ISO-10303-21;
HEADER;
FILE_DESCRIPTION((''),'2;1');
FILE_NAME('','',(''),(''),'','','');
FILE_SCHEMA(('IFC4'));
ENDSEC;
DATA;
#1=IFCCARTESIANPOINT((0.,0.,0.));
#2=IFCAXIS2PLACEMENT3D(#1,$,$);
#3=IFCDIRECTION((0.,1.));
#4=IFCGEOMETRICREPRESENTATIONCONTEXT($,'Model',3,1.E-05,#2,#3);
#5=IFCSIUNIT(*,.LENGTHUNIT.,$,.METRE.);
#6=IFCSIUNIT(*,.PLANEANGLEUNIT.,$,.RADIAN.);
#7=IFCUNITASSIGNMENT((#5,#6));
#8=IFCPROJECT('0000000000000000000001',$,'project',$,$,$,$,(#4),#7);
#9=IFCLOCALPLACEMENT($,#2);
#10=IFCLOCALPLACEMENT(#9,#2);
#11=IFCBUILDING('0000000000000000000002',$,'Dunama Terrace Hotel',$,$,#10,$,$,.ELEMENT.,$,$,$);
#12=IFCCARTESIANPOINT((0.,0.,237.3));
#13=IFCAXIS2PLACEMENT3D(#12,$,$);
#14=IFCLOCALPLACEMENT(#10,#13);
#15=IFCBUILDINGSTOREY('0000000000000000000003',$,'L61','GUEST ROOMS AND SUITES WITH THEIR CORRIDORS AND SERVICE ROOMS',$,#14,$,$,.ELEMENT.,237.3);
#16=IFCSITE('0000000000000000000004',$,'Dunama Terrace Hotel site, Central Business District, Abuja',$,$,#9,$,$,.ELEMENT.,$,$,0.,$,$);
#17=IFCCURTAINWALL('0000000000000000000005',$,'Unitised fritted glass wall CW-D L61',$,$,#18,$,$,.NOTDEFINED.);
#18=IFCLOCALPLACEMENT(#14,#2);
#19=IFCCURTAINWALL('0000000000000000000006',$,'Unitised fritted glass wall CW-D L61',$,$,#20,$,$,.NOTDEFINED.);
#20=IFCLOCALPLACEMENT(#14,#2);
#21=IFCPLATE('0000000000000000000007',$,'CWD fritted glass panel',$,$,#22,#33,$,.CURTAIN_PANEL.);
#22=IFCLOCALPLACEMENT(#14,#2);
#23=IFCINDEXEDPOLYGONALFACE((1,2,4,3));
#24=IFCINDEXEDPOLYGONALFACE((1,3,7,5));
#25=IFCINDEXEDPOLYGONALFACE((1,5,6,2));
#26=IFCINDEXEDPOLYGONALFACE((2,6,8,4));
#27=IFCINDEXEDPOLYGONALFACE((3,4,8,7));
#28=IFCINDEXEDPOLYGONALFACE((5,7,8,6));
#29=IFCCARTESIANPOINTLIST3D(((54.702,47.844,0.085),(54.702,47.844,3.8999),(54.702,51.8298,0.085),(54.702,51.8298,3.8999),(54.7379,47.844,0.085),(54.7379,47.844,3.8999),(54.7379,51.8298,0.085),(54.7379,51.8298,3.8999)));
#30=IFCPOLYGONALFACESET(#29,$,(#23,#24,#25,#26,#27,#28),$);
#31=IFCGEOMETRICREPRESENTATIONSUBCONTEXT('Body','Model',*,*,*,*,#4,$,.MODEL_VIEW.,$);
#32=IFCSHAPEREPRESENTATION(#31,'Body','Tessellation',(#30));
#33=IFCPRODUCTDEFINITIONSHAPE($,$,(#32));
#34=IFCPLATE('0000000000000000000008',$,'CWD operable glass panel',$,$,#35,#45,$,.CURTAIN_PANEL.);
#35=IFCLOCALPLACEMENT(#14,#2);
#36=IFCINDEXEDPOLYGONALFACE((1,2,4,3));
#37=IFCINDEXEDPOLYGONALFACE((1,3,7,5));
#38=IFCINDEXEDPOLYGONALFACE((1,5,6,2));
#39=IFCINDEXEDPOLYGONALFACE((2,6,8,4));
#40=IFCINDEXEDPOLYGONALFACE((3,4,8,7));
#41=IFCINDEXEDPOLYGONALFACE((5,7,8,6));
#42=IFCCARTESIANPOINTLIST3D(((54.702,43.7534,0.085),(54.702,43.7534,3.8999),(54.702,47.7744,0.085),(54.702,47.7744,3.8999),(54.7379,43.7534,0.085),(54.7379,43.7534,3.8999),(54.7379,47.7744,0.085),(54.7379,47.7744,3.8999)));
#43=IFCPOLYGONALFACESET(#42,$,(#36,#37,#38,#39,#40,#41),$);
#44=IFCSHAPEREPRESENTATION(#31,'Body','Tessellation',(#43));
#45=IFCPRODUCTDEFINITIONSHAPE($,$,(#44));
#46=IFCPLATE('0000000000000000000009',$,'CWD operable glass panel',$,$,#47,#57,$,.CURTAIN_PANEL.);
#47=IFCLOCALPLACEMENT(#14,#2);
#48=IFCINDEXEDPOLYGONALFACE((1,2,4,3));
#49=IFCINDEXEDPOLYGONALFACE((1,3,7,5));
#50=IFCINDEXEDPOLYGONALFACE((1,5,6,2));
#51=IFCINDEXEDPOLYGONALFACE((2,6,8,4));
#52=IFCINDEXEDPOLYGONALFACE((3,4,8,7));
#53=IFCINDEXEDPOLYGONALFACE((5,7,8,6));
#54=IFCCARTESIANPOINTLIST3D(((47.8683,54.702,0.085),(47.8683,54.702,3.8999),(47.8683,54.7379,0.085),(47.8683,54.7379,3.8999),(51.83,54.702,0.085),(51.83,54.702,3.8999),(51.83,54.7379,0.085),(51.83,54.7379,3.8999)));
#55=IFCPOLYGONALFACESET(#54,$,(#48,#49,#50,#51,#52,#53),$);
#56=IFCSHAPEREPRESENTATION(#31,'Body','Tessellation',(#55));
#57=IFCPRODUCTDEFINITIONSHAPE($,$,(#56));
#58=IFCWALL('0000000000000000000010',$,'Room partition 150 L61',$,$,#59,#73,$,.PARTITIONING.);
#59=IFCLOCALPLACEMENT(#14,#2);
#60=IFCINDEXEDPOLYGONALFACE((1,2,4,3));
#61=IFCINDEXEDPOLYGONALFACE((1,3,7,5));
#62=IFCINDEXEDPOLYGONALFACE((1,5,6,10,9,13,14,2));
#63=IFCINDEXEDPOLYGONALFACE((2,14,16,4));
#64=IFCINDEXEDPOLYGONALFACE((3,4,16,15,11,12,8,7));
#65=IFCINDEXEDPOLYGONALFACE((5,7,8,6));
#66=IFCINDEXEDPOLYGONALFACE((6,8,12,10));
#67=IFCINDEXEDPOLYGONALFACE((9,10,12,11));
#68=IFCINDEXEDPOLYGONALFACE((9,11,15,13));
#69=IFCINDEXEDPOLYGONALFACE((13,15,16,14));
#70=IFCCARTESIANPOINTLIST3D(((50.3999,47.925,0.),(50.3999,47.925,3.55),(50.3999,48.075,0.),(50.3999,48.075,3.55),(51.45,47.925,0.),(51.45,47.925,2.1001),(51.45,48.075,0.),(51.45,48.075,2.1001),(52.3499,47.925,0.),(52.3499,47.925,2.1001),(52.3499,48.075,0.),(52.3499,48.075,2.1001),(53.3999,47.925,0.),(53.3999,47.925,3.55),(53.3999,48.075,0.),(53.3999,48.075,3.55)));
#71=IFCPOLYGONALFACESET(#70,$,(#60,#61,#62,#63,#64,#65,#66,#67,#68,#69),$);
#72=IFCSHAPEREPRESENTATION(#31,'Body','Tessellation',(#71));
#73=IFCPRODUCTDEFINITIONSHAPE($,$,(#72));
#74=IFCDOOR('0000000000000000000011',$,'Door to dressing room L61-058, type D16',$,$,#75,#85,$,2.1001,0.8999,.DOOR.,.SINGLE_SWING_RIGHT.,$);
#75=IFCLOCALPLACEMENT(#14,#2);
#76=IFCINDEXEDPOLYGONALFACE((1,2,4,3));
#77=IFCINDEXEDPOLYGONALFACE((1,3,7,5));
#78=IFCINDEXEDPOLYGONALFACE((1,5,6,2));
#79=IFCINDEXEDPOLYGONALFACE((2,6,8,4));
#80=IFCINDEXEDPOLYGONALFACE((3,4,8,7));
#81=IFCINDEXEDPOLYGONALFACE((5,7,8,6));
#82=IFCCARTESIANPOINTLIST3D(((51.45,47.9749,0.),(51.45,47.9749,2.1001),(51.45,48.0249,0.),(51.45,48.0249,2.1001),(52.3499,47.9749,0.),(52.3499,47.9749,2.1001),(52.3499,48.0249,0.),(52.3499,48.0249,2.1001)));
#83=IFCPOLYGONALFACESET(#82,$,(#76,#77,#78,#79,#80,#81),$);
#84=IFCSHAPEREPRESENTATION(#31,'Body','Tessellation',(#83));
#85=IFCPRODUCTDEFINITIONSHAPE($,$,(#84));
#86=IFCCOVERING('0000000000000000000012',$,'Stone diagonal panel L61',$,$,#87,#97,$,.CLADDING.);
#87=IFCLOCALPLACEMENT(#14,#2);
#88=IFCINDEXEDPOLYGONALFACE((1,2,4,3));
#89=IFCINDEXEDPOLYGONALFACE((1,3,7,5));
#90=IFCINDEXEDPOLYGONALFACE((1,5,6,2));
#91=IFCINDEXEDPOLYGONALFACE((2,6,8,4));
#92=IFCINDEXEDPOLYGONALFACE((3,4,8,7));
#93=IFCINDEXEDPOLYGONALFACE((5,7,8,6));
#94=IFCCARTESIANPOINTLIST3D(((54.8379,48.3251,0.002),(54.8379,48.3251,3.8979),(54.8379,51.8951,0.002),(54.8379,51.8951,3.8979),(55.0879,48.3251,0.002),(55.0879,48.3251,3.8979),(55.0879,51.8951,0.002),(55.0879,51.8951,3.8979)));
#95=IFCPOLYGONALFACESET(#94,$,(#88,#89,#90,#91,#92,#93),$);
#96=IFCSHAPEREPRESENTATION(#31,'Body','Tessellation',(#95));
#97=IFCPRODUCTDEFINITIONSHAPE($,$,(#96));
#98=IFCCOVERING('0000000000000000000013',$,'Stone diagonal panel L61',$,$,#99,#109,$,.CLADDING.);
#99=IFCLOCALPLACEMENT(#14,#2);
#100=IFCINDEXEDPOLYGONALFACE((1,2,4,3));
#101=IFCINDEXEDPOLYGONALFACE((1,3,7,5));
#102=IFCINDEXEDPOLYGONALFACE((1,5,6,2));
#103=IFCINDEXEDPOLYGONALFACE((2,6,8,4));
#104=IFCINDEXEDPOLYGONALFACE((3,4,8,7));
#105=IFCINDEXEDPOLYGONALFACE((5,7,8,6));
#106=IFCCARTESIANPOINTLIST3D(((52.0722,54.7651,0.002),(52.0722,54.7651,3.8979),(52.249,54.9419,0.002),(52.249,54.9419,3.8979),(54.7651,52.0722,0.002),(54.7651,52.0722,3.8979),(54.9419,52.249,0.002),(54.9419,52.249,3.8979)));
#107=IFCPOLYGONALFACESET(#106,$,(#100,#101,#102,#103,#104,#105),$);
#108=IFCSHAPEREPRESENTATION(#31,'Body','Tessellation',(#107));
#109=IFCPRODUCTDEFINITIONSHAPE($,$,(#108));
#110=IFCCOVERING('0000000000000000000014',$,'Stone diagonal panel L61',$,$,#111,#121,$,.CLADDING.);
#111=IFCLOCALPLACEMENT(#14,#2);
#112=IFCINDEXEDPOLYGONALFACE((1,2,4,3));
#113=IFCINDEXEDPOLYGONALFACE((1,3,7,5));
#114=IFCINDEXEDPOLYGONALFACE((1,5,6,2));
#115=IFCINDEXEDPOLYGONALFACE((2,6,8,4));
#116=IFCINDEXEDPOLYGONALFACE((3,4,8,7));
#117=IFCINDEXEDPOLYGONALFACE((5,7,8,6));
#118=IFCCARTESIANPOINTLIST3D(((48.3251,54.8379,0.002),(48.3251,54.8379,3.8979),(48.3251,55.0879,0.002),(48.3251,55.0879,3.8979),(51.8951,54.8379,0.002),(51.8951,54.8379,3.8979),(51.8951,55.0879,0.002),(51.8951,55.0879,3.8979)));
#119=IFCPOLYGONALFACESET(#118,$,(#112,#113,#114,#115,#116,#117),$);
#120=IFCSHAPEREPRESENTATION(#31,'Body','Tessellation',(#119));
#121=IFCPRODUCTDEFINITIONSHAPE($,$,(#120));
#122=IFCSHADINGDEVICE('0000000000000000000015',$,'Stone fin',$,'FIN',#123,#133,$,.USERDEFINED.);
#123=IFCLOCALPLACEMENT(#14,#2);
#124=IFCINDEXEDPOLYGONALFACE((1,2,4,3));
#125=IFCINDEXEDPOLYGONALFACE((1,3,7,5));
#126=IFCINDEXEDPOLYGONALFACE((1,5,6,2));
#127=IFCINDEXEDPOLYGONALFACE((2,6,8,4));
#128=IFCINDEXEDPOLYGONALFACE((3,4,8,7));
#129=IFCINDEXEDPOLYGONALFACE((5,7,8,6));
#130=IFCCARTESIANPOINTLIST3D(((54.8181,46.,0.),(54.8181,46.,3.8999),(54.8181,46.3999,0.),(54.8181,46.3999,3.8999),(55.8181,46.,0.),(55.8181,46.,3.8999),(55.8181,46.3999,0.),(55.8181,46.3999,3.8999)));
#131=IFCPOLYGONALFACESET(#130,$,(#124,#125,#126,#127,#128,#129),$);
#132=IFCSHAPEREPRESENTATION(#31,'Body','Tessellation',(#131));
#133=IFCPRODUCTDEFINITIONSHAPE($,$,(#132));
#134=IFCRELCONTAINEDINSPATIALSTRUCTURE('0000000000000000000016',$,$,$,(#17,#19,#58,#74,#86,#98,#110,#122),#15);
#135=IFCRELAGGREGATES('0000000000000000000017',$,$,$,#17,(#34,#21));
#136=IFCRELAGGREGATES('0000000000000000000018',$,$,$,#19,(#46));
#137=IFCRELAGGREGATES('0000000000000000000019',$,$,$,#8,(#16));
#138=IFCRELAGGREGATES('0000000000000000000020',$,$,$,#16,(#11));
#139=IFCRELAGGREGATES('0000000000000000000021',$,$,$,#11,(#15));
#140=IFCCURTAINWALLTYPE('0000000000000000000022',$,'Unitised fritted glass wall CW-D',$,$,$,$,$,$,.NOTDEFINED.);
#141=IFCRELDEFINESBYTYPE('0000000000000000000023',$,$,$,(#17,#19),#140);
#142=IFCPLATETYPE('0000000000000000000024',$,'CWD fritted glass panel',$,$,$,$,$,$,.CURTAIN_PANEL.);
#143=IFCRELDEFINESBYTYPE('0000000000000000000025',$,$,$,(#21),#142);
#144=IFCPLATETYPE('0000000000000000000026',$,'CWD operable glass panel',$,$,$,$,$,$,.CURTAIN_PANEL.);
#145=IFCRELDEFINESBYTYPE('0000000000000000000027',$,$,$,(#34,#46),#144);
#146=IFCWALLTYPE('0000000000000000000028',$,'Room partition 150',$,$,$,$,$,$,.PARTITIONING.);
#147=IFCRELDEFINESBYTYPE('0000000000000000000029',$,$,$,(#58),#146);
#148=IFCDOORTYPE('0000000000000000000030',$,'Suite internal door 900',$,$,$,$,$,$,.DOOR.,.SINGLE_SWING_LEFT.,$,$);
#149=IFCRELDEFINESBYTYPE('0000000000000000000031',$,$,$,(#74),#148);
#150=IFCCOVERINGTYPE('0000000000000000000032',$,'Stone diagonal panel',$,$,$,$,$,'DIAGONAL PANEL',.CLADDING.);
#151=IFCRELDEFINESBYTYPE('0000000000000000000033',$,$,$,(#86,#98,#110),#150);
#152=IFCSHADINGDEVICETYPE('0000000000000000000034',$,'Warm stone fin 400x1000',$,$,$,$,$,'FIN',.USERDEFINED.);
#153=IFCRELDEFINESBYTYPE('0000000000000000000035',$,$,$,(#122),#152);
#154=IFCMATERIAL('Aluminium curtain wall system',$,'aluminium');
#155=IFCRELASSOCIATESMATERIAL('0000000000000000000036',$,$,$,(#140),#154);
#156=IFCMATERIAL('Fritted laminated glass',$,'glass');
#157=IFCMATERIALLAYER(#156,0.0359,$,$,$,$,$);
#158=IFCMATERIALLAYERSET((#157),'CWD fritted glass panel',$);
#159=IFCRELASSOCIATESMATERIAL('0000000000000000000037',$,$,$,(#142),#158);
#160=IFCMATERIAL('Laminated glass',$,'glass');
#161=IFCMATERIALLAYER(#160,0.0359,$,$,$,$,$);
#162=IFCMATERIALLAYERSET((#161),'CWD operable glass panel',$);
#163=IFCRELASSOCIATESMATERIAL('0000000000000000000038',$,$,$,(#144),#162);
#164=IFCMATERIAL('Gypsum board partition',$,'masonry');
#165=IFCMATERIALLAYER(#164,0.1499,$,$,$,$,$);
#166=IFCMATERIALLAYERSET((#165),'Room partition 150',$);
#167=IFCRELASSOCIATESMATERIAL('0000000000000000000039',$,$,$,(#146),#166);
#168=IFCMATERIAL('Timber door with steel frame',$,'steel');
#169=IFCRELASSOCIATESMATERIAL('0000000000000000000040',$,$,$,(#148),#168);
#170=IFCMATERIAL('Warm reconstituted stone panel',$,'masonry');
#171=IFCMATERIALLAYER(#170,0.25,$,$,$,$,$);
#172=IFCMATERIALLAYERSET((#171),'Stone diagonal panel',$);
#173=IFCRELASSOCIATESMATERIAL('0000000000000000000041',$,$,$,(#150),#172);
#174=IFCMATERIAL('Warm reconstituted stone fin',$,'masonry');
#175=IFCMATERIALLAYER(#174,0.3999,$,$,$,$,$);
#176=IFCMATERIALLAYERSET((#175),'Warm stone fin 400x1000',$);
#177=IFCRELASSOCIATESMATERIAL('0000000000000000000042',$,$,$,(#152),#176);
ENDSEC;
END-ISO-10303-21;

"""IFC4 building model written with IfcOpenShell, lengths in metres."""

from ifc_helpers import new_model, si_unit, direction, frame, frame_2d, origin, origin_2d, place, context, subcontext, project, spatial, rectangle, extrude, material, layer, layer_set, type_object, element, fill, aggregate, save


model = new_model("IFC4")

# Units and contexts
model_context = context("Model", 3, precision=1e-05, world=origin(), true_north=direction((0.0, 1.0)))
body_context = subcontext(model_context, "Body", "Model", "MODEL_VIEW")
ifc_project = project(units=[si_unit("LENGTHUNIT", "METRE"), si_unit("PLANEANGLEUNIT", "RADIAN")], contexts=[model_context])

# Site, building, storey
site_placement = place(None, origin())
site = spatial("IfcSite", under=ifc_project, at=site_placement, Name="Dunama Terrace Hotel site, Central Business District, Abuja", CompositionType="ELEMENT", RefElevation=0.0)
building_placement = place(site_placement, origin())
building = spatial("IfcBuilding", under=site, at=building_placement, Name="Dunama Terrace Hotel", CompositionType="ELEMENT")
storey_placement = place(building_placement, frame((0.0, 0.0, 237.3)))
storey = spatial("IfcBuildingStorey", under=building, at=storey_placement, Name="L61", Description="GUEST ROOMS AND SUITES WITH THEIR CORRIDORS AND SERVICE ROOMS", CompositionType="ELEMENT", Elevation=237.3)

# Curtain walls
ifc_material_1 = material(Name="Aluminium curtain wall system", Category="aluminium")
curtain_wall_type = type_object("IfcCurtainWallType", Name="Unitised fritted glass wall CW-D", PredefinedType="NOTDEFINED", material=ifc_material_1)
curtain_wall_1_placement = place(storey_placement, origin())
curtain_wall_1 = element("IfcCurtainWall", 1, at=curtain_wall_1_placement, inside=storey, type_object=curtain_wall_type, Name="Unitised fritted glass wall CW-D L61", PredefinedType="NOTDEFINED")
curtain_wall_2_placement = place(storey_placement, origin())
curtain_wall_2 = element("IfcCurtainWall", 2, at=curtain_wall_2_placement, inside=storey, type_object=curtain_wall_type, Name="Unitised fritted glass wall CW-D L61", PredefinedType="NOTDEFINED")

# Plates
ifc_material_2 = material(Name="Fritted laminated glass", Category="glass")
ifc_layer_1 = layer(ifc_material_2, 0.0359)
ifc_layer_set_1 = layer_set([ifc_layer_1], Name="CWD fritted glass panel")
plate_type_1 = type_object("IfcPlateType", Name="CWD fritted glass panel", PredefinedType="CURTAIN_PANEL", material=ifc_layer_set_1)
plate_1_placement = place(storey_placement, frame((54.72, 49.8369, 0.085), z_axis=(0.0, 0.0, 1.0), x_axis=(0.0, 1.0, 0.0)))
plate_1 = element("IfcPlate", 3, at=plate_1_placement, type_object=plate_type_1, Name="CWD fritted glass panel", PredefinedType="CURTAIN_PANEL", context=body_context, shape_type="SweptSolid", body=[
    extrude(rectangle(XDim=3.9858, YDim=0.0359, at=origin_2d()), origin(), (0.0, 0.0, 1.0), 3.8149),
])
ifc_material_3 = material(Name="Laminated glass", Category="glass")
ifc_layer_2 = layer(ifc_material_3, 0.0359)
ifc_layer_set_2 = layer_set([ifc_layer_2], Name="CWD operable glass panel")
plate_type_2 = type_object("IfcPlateType", Name="CWD operable glass panel", PredefinedType="CURTAIN_PANEL", material=ifc_layer_set_2)
plate_2_placement = place(storey_placement, frame((54.72, 45.7639, 0.085), z_axis=(0.0, 0.0, 1.0), x_axis=(0.0, 1.0, 0.0)))
plate_2 = element("IfcPlate", 4, at=plate_2_placement, type_object=plate_type_2, Name="CWD operable glass panel", PredefinedType="CURTAIN_PANEL", context=body_context, shape_type="SweptSolid", body=[
    extrude(rectangle(XDim=4.021, YDim=0.0359, at=origin_2d()), origin(), (0.0, 0.0, 1.0), 3.8149),
])
aggregate(curtain_wall_1, [plate_2, plate_1])
plate_3_placement = place(storey_placement, frame((49.8491, 54.72, 0.085), z_axis=(0.0, 0.0, 1.0), x_axis=(-1.0, 0.0, 0.0)))
plate_3 = element("IfcPlate", 5, at=plate_3_placement, type_object=plate_type_2, Name="CWD operable glass panel", PredefinedType="CURTAIN_PANEL", context=body_context, shape_type="SweptSolid", body=[
    extrude(rectangle(XDim=3.9617, YDim=0.0359, at=origin_2d()), origin(), (0.0, 0.0, 1.0), 3.8149),
])
aggregate(curtain_wall_2, [plate_3])

# Wall, opening, door
ifc_material_4 = material(Name="Gypsum board partition", Category="masonry")
ifc_layer_3 = layer(ifc_material_4, 0.1499)
ifc_layer_set_3 = layer_set([ifc_layer_3], Name="Room partition 150")
wall_type = type_object("IfcWallType", Name="Room partition 150", PredefinedType="PARTITIONING", material=ifc_layer_set_3)
wall_placement = place(storey_placement, frame((50.3999, 48.0, 0.0), z_axis=(0.0, 0.0, 1.0), x_axis=(1.0, 0.0, 0.0)))
wall = element("IfcWall", 6, at=wall_placement, inside=storey, type_object=wall_type, Name="Room partition 150 L61", PredefinedType="PARTITIONING", context=body_context, shape_type="SweptSolid", body=[
    extrude(rectangle(XDim=3.0, YDim=0.1499, at=frame_2d((1.5, 0.0))), origin(), (0.0, 0.0, 1.0), 3.55),
])
opening_placement = place(wall_placement, frame((1.05, 0.0, 0.0)))
opening = element("IfcOpeningElement", 7, at=opening_placement, cuts=wall, PredefinedType="OPENING", context=body_context, shape_type="SweptSolid", body=[
    extrude(rectangle(XDim=0.8999, YDim=2.1001, at=frame_2d((0.45, 1.05))), frame((0.0, 0.085, 0.0), z_axis=(0.0, -1.0, 0.0), x_axis=(1.0, 0.0, 0.0)), (0.0, 0.0, 1.0), 0.1699),
])
ifc_material_5 = material(Name="Timber door with steel frame", Category="steel")
door_type = type_object("IfcDoorType", Name="Suite internal door 900", OperationType="SINGLE_SWING_LEFT", PredefinedType="DOOR", material=ifc_material_5)
door_placement = place(opening_placement, frame((0.8999, 0.0, 0.0), z_axis=(0.0, 0.0, 1.0), x_axis=(-1.0, 0.0, 0.0)))
door = element("IfcDoor", 8, at=door_placement, inside=storey, type_object=door_type, Name="Door to dressing room L61-058, type D16", OperationType="SINGLE_SWING_RIGHT", OverallHeight=2.1001, OverallWidth=0.8999, PredefinedType="DOOR", context=body_context, shape_type="SweptSolid", body=[
    extrude(rectangle(XDim=0.8999, YDim=2.1001, at=frame_2d((0.45, 1.05))), frame((0.0, 0.0251, 0.0), z_axis=(0.0, -1.0, 0.0), x_axis=(1.0, 0.0, 0.0)), (0.0, 0.0, 1.0), 0.05),
])
fill(opening, door)

# Coverings
ifc_material_6 = material(Name="Warm reconstituted stone panel", Category="masonry")
ifc_layer_4 = layer(ifc_material_6, 0.25)
ifc_layer_set_4 = layer_set([ifc_layer_4], Name="Stone diagonal panel")
covering_type = type_object("IfcCoveringType", Name="Stone diagonal panel", ElementType="DIAGONAL PANEL", PredefinedType="CLADDING", material=ifc_layer_set_4)
covering_1_placement = place(storey_placement, frame((54.9629, 50.1101, 0.002), z_axis=(0.0, 0.0, 1.0), x_axis=(0.0, 1.0, 0.0)))
element("IfcCovering", 9, at=covering_1_placement, inside=storey, type_object=covering_type, Name="Stone diagonal panel L61", PredefinedType="CLADDING", context=body_context, shape_type="SweptSolid", body=[
    extrude(rectangle(XDim=3.5701, YDim=0.25, at=origin_2d()), origin(), (0.0, 0.0, 1.0), 3.896),
])
covering_2_placement = place(storey_placement, frame((53.5071, 53.5071, 0.002), z_axis=(0.0, 0.0, 1.0), x_axis=(-0.707107, 0.707107, 0.0)))
element("IfcCovering", 10, at=covering_2_placement, inside=storey, type_object=covering_type, Name="Stone diagonal panel L61", PredefinedType="CLADDING", context=body_context, shape_type="SweptSolid", body=[
    extrude(rectangle(XDim=3.8083, YDim=0.25, at=origin_2d()), origin(), (0.0, 0.0, 1.0), 3.896),
])
covering_3_placement = place(storey_placement, frame((50.1101, 54.9629, 0.002), z_axis=(0.0, 0.0, 1.0), x_axis=(-1.0, 0.0, 0.0)))
element("IfcCovering", 11, at=covering_3_placement, inside=storey, type_object=covering_type, Name="Stone diagonal panel L61", PredefinedType="CLADDING", context=body_context, shape_type="SweptSolid", body=[
    extrude(rectangle(XDim=3.5701, YDim=0.25, at=origin_2d()), origin(), (0.0, 0.0, 1.0), 3.896),
])

# Shading device
ifc_material_7 = material(Name="Warm reconstituted stone fin", Category="masonry")
ifc_layer_5 = layer(ifc_material_7, 0.3999)
ifc_layer_set_5 = layer_set([ifc_layer_5], Name="Warm stone fin 400x1000")
shading_device_type = type_object("IfcShadingDeviceType", Name="Warm stone fin 400x1000", ElementType="FIN", PredefinedType="USERDEFINED", material=ifc_layer_set_5)
shading_device_placement = place(storey_placement, frame((55.3181, 46.2, 0.0), z_axis=(0.0, 0.0, 1.0), x_axis=(0.0, 1.0, 0.0)))
element("IfcShadingDevice", 12, at=shading_device_placement, inside=storey, type_object=shading_device_type, Name="Stone fin", ObjectType="FIN", PredefinedType="USERDEFINED", context=body_context, shape_type="SweptSolid", body=[
    extrude(rectangle(XDim=0.3999, YDim=1.0, at=origin_2d()), origin(), (0.0, 0.0, 1.0), 3.8999),
])

save(model, "model.ifc")
